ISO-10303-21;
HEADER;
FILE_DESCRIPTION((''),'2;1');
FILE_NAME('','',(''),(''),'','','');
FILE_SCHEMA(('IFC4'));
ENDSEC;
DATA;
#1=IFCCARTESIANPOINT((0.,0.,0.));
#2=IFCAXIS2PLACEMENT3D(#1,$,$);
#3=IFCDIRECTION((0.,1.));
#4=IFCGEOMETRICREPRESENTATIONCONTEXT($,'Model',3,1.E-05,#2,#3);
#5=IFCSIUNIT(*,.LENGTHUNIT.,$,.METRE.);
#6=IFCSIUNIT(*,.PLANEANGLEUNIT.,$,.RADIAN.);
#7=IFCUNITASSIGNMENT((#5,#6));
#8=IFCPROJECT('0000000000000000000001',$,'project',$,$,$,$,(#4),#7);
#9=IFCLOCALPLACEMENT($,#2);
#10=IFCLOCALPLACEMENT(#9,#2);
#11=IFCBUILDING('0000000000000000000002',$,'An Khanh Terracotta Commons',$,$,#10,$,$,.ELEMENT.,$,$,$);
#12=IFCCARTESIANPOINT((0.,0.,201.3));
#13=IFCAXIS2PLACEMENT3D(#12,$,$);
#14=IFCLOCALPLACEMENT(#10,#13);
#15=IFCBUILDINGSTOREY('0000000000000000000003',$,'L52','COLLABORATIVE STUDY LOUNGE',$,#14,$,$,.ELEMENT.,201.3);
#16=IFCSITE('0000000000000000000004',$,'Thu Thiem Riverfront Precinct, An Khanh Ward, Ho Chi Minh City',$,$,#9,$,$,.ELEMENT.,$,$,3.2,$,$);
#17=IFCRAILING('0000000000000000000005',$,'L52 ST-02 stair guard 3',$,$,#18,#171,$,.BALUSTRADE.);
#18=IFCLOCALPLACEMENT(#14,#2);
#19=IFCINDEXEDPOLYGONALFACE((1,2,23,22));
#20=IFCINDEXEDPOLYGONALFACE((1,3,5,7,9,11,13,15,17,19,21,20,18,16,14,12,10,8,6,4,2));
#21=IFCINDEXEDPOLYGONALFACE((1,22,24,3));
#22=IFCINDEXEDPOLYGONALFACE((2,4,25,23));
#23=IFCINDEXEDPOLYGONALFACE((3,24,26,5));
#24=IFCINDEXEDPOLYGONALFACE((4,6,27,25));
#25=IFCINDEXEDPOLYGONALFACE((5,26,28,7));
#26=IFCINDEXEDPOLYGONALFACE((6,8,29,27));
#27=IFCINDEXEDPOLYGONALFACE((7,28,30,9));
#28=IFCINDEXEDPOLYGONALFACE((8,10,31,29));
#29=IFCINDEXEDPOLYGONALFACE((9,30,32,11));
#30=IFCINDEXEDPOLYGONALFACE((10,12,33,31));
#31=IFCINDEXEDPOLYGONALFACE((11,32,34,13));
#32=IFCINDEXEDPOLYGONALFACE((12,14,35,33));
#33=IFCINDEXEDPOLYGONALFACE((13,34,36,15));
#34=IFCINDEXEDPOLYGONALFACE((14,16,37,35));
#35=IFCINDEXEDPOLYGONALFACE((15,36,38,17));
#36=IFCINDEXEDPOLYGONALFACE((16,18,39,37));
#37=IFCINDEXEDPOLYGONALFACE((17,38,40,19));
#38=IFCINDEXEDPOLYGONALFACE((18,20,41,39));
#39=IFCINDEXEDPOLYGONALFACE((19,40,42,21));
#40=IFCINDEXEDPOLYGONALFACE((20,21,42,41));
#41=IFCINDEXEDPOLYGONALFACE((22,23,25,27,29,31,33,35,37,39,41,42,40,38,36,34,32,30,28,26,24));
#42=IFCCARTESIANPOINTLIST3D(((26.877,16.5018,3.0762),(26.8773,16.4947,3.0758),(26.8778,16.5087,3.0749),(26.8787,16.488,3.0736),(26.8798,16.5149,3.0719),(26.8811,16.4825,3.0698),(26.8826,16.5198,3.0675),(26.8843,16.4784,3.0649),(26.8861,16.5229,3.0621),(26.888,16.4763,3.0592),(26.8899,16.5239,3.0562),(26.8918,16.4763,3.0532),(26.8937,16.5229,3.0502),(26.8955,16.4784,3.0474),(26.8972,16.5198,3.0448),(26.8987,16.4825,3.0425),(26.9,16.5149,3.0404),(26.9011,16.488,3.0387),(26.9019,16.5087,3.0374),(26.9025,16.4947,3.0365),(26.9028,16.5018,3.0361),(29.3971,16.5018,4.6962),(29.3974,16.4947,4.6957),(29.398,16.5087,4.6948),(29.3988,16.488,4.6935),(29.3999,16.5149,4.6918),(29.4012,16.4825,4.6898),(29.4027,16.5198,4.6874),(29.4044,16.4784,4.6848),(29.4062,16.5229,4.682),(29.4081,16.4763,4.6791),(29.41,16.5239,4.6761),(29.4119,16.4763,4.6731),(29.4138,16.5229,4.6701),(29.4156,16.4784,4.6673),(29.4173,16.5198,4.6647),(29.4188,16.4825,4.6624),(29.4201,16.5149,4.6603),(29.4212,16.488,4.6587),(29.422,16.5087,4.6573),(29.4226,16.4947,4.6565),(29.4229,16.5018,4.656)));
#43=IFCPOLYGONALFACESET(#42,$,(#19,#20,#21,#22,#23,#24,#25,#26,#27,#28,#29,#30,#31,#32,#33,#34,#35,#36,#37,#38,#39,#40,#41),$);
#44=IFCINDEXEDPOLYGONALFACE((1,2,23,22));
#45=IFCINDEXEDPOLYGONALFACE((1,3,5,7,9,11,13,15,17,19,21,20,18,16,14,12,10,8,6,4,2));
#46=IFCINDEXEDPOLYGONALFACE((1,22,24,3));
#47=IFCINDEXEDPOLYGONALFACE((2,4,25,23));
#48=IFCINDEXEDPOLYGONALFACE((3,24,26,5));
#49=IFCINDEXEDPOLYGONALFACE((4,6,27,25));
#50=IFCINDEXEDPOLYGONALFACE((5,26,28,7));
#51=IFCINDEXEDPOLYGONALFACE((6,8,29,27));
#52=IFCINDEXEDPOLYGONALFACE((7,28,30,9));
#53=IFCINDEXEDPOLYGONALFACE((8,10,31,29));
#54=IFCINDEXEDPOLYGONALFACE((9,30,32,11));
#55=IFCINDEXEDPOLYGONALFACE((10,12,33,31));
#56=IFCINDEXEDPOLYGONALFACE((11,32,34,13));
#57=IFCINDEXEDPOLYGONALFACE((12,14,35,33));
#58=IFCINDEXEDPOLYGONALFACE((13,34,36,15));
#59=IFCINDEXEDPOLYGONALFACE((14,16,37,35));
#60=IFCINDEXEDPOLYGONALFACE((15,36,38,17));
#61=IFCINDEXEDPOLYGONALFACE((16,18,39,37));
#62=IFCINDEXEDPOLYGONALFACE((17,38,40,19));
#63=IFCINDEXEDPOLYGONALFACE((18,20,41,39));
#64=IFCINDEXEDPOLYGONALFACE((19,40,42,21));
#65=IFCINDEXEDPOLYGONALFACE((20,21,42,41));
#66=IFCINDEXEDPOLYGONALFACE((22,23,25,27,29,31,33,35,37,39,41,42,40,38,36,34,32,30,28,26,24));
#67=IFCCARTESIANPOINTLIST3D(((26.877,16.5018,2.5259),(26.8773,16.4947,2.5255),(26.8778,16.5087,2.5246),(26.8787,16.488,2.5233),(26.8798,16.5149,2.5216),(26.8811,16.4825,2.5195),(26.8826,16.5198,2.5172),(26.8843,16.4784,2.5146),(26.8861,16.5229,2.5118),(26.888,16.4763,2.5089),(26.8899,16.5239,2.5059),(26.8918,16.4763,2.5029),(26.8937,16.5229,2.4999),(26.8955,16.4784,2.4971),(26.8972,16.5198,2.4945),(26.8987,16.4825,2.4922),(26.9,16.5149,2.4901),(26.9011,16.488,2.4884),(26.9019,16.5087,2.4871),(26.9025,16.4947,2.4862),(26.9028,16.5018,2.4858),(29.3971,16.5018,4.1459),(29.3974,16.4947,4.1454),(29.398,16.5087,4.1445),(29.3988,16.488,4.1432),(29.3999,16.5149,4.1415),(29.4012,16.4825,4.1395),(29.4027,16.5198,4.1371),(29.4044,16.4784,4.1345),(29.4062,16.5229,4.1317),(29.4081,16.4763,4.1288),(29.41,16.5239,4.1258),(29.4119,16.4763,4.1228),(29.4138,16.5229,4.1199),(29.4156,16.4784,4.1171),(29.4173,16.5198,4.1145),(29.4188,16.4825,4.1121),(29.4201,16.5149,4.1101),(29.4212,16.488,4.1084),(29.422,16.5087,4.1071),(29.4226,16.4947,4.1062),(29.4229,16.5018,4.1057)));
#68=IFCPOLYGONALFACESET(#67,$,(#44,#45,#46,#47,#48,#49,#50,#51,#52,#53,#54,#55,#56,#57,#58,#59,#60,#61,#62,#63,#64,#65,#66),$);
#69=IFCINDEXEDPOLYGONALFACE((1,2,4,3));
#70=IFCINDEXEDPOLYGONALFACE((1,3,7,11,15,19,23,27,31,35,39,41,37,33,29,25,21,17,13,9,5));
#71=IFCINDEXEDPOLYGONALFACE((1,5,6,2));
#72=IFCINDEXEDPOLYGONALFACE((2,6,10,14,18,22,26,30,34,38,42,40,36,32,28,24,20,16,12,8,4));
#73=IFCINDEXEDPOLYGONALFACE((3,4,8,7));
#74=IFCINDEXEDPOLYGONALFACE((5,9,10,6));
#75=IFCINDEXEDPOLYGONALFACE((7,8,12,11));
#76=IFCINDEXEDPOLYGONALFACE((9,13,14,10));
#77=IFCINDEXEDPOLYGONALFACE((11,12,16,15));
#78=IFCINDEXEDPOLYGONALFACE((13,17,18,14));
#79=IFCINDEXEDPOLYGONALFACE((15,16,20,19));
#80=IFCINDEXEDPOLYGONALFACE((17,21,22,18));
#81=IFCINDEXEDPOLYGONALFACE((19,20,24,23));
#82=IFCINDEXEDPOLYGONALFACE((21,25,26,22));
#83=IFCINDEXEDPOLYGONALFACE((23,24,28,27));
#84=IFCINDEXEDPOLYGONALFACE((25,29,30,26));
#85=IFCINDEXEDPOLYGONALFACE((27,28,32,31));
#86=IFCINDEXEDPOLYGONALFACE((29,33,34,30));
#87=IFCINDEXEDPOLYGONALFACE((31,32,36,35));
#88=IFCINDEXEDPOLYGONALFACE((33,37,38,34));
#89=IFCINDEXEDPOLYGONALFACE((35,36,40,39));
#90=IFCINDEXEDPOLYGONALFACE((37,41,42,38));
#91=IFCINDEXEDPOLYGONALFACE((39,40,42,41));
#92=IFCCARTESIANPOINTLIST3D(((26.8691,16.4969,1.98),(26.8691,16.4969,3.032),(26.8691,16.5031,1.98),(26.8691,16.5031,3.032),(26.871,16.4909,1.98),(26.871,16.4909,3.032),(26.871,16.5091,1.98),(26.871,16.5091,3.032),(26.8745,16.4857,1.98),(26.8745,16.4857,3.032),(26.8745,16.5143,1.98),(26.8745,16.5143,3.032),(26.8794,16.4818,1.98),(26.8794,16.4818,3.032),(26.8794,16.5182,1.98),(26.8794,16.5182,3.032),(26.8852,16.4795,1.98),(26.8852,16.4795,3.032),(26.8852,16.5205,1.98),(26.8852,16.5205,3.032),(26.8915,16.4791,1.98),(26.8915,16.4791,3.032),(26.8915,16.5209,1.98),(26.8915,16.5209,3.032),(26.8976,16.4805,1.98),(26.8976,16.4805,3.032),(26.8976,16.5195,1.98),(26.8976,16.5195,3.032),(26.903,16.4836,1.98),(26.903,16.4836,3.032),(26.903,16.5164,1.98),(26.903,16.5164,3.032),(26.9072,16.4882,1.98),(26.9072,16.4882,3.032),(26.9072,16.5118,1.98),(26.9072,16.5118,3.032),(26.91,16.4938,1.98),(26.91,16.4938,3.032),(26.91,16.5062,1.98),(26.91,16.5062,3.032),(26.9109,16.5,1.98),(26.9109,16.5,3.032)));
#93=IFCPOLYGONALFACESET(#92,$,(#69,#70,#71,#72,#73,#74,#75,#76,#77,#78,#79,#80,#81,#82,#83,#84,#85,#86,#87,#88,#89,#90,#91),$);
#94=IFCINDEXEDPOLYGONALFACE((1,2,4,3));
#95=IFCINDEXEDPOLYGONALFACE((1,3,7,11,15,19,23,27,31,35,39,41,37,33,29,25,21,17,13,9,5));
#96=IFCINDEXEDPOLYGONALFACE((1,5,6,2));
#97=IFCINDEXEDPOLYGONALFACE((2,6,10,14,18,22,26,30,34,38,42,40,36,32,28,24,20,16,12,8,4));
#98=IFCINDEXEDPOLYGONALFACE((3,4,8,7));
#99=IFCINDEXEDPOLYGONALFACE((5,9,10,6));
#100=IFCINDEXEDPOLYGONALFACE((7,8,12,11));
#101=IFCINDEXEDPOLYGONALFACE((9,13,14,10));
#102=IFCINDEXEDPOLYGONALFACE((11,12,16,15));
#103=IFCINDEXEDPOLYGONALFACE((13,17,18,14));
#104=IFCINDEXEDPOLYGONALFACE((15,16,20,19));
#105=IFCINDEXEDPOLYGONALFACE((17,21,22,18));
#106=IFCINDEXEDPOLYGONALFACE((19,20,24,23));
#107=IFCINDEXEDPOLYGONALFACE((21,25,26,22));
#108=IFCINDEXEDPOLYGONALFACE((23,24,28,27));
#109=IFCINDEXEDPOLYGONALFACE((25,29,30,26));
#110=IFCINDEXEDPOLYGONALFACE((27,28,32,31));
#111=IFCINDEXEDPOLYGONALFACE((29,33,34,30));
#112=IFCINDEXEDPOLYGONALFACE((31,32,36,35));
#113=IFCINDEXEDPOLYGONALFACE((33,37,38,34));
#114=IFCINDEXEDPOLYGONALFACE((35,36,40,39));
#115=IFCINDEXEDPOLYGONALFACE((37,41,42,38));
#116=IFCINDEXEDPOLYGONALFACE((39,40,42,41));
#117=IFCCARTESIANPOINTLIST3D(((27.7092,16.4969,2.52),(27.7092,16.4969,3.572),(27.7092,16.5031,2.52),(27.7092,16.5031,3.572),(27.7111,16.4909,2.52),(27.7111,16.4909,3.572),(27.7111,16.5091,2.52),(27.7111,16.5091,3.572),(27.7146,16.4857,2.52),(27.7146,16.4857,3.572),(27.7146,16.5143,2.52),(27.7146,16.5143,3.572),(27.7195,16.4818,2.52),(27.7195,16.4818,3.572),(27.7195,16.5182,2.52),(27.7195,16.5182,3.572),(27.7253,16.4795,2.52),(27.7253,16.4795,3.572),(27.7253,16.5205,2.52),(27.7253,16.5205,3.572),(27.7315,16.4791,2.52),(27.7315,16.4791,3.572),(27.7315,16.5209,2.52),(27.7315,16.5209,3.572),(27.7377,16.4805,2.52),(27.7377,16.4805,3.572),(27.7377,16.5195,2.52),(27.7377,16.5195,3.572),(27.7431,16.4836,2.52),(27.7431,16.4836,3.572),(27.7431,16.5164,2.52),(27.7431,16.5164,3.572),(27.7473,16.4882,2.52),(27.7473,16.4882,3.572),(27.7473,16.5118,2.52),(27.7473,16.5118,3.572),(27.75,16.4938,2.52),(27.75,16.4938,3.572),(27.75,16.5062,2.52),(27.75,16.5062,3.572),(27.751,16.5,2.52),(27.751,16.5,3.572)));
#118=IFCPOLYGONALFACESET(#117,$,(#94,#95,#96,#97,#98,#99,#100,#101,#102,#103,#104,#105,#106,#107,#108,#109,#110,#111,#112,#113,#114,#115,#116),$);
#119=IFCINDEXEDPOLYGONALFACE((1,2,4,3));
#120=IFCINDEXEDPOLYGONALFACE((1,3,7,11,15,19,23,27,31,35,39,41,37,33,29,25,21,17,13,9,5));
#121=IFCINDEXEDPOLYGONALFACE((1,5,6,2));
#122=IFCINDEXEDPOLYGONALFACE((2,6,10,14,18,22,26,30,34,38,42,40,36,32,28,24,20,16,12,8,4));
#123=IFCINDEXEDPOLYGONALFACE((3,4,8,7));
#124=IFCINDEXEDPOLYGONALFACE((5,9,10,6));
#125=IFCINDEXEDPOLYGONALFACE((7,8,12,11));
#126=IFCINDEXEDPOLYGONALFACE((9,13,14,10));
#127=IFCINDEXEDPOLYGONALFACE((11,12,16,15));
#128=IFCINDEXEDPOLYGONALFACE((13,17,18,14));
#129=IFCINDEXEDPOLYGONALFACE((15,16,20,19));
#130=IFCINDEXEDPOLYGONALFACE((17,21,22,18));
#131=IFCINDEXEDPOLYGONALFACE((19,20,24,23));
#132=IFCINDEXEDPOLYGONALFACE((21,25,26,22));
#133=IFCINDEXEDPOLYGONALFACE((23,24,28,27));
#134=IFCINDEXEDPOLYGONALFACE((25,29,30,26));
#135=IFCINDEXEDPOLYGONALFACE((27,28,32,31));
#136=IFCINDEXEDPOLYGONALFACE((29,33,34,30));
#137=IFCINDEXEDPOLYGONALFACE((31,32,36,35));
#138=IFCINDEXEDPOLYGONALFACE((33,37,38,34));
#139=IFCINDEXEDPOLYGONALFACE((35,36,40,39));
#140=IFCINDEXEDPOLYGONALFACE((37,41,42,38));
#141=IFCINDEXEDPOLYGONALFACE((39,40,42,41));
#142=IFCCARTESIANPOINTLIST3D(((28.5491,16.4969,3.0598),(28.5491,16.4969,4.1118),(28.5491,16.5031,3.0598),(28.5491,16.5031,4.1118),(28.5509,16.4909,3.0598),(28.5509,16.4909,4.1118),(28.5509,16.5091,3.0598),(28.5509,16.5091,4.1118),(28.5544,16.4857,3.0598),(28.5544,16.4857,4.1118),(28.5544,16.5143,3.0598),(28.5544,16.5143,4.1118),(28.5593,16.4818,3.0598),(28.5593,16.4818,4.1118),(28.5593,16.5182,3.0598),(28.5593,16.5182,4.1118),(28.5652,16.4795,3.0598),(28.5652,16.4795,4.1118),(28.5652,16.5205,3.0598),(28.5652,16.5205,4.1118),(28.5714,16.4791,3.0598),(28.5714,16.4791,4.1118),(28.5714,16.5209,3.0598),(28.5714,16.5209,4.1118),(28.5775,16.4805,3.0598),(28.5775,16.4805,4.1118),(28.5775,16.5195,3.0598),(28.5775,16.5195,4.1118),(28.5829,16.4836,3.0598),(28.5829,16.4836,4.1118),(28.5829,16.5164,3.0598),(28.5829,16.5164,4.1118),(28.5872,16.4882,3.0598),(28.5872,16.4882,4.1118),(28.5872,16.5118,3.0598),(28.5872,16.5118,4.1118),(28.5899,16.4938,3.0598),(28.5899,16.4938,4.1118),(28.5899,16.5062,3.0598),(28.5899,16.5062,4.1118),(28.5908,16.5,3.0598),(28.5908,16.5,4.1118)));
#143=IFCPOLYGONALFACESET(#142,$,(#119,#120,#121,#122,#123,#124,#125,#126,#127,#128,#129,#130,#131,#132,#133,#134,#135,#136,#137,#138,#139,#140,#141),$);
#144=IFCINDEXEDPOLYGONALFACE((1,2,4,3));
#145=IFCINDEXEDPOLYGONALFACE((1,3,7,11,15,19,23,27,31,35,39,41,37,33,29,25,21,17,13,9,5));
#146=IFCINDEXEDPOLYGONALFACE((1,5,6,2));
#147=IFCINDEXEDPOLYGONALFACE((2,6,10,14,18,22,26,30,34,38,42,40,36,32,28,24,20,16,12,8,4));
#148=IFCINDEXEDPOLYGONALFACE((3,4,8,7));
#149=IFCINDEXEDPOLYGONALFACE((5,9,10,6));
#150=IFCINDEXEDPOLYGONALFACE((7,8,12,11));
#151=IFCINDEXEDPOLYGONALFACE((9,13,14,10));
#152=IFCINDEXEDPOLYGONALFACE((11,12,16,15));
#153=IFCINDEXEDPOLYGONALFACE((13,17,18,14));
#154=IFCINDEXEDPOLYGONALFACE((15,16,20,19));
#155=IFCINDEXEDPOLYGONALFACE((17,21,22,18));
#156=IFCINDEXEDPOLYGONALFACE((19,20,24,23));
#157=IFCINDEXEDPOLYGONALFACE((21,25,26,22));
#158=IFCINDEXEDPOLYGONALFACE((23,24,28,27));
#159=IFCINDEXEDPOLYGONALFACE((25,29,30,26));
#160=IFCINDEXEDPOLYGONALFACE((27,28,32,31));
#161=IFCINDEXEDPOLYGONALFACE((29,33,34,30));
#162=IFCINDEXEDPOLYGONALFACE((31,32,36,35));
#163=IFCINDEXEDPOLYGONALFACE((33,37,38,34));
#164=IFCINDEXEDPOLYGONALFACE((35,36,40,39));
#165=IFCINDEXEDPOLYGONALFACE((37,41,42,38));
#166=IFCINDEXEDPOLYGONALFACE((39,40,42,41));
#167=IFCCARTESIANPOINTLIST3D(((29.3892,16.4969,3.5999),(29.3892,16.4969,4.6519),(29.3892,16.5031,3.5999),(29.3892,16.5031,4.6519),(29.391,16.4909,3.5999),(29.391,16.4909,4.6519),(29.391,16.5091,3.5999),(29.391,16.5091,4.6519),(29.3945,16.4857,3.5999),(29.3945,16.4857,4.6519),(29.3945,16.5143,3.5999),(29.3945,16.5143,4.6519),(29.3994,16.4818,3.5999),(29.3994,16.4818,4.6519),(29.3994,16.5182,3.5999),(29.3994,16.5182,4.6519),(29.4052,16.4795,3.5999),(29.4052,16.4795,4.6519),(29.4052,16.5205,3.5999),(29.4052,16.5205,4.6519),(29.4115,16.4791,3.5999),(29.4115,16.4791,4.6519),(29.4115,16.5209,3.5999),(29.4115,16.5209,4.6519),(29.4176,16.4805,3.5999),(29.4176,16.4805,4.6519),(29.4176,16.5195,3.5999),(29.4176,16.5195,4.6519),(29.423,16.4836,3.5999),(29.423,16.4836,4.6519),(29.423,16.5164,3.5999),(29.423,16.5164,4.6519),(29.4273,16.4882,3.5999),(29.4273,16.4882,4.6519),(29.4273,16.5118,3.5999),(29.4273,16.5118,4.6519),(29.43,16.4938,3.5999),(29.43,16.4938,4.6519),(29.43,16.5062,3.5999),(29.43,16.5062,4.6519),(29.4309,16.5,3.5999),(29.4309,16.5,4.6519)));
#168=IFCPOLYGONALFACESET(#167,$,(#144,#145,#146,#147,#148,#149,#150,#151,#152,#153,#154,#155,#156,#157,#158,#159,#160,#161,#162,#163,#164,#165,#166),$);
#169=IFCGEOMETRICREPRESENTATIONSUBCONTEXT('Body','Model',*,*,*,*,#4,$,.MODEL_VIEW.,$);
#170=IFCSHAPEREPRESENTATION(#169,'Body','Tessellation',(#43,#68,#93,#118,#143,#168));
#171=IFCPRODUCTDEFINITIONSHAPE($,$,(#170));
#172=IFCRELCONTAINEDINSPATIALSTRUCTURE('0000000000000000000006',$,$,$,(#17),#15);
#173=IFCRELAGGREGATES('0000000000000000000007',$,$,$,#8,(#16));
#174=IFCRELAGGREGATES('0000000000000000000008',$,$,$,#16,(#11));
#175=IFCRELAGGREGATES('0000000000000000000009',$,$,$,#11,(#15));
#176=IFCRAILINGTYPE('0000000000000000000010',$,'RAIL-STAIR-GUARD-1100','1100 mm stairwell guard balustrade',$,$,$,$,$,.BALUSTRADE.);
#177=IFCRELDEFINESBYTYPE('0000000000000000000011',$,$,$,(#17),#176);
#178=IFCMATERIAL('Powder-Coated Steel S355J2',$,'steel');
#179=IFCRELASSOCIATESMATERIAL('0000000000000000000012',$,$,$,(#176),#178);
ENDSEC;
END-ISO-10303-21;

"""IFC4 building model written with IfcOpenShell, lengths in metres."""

from ifc_helpers import new_model, si_unit, direction, frame, origin, origin_2d, place, context, subcontext, project, spatial, circle, extrude, material, type_object, element, save


model = new_model("IFC4")

# Units and contexts
model_context = context("Model", 3, precision=1e-05, world=origin(), true_north=direction((0.0, 1.0)))
body_context = subcontext(model_context, "Body", "Model", "MODEL_VIEW")
ifc_project = project(units=[si_unit("LENGTHUNIT", "METRE"), si_unit("PLANEANGLEUNIT", "RADIAN")], contexts=[model_context])

# Site, building, storey
site_placement = place(None, origin())
site = spatial("IfcSite", under=ifc_project, at=site_placement, Name="Thu Thiem Riverfront Precinct, An Khanh Ward, Ho Chi Minh City", CompositionType="ELEMENT", RefElevation=3.2)
building_placement = place(site_placement, origin())
building = spatial("IfcBuilding", under=site, at=building_placement, Name="An Khanh Terracotta Commons", CompositionType="ELEMENT")
storey_placement = place(building_placement, frame((0.0, 0.0, 201.3)))
storey = spatial("IfcBuildingStorey", under=building, at=storey_placement, Name="L52", Description="COLLABORATIVE STUDY LOUNGE", CompositionType="ELEMENT", Elevation=201.3)

# Railing
ifc_material_1 = material(Name="Powder-Coated Steel S355J2", Category="steel")
railing_type_1 = type_object("IfcRailingType", Name="RAIL-STAIR-GUARD-1100", Description="1100 mm stairwell guard balustrade", PredefinedType="BALUSTRADE", material=ifc_material_1)
railing_1_placement = place(storey_placement, frame((26.8899, 16.5, 1.98)))
element("IfcRailing", 1, at=railing_1_placement, inside=storey, type_object=railing_type_1, Name="L52 ST-02 stair guard 3", PredefinedType="BALUSTRADE", context=body_context, shape_type="SweptSolid", body=[
    extrude(circle(Radius=0.0239, at=origin_2d()), frame((0.0, 0.0, 1.0762), z_axis=(0.8412, 0.0, 0.540725), x_axis=(0.0, 1.0, 0.0)), (0.0, 0.0, 1.0), 2.9958),
    extrude(circle(Radius=0.0239, at=origin_2d()), frame((0.0, 0.0, 0.5259), z_axis=(0.8412, 0.0, 0.540725), x_axis=(0.0, 1.0, 0.0)), (0.0, 0.0, 1.0), 2.9958),
    extrude(circle(Radius=0.021, at=origin_2d()), origin(), (0.0, 0.0, 1.0), 1.052),
    extrude(circle(Radius=0.021, at=origin_2d()), frame((0.8401, 0.0, 0.54)), (0.0, 0.0, 1.0), 1.052),
    extrude(circle(Radius=0.021, at=origin_2d()), frame((1.6799, 0.0, 1.0798)), (0.0, 0.0, 1.0), 1.052),
    extrude(circle(Radius=0.021, at=origin_2d()), frame((2.52, 0.0, 1.6199)), (0.0, 0.0, 1.0), 1.052),
])

save(model, "model.ifc")
